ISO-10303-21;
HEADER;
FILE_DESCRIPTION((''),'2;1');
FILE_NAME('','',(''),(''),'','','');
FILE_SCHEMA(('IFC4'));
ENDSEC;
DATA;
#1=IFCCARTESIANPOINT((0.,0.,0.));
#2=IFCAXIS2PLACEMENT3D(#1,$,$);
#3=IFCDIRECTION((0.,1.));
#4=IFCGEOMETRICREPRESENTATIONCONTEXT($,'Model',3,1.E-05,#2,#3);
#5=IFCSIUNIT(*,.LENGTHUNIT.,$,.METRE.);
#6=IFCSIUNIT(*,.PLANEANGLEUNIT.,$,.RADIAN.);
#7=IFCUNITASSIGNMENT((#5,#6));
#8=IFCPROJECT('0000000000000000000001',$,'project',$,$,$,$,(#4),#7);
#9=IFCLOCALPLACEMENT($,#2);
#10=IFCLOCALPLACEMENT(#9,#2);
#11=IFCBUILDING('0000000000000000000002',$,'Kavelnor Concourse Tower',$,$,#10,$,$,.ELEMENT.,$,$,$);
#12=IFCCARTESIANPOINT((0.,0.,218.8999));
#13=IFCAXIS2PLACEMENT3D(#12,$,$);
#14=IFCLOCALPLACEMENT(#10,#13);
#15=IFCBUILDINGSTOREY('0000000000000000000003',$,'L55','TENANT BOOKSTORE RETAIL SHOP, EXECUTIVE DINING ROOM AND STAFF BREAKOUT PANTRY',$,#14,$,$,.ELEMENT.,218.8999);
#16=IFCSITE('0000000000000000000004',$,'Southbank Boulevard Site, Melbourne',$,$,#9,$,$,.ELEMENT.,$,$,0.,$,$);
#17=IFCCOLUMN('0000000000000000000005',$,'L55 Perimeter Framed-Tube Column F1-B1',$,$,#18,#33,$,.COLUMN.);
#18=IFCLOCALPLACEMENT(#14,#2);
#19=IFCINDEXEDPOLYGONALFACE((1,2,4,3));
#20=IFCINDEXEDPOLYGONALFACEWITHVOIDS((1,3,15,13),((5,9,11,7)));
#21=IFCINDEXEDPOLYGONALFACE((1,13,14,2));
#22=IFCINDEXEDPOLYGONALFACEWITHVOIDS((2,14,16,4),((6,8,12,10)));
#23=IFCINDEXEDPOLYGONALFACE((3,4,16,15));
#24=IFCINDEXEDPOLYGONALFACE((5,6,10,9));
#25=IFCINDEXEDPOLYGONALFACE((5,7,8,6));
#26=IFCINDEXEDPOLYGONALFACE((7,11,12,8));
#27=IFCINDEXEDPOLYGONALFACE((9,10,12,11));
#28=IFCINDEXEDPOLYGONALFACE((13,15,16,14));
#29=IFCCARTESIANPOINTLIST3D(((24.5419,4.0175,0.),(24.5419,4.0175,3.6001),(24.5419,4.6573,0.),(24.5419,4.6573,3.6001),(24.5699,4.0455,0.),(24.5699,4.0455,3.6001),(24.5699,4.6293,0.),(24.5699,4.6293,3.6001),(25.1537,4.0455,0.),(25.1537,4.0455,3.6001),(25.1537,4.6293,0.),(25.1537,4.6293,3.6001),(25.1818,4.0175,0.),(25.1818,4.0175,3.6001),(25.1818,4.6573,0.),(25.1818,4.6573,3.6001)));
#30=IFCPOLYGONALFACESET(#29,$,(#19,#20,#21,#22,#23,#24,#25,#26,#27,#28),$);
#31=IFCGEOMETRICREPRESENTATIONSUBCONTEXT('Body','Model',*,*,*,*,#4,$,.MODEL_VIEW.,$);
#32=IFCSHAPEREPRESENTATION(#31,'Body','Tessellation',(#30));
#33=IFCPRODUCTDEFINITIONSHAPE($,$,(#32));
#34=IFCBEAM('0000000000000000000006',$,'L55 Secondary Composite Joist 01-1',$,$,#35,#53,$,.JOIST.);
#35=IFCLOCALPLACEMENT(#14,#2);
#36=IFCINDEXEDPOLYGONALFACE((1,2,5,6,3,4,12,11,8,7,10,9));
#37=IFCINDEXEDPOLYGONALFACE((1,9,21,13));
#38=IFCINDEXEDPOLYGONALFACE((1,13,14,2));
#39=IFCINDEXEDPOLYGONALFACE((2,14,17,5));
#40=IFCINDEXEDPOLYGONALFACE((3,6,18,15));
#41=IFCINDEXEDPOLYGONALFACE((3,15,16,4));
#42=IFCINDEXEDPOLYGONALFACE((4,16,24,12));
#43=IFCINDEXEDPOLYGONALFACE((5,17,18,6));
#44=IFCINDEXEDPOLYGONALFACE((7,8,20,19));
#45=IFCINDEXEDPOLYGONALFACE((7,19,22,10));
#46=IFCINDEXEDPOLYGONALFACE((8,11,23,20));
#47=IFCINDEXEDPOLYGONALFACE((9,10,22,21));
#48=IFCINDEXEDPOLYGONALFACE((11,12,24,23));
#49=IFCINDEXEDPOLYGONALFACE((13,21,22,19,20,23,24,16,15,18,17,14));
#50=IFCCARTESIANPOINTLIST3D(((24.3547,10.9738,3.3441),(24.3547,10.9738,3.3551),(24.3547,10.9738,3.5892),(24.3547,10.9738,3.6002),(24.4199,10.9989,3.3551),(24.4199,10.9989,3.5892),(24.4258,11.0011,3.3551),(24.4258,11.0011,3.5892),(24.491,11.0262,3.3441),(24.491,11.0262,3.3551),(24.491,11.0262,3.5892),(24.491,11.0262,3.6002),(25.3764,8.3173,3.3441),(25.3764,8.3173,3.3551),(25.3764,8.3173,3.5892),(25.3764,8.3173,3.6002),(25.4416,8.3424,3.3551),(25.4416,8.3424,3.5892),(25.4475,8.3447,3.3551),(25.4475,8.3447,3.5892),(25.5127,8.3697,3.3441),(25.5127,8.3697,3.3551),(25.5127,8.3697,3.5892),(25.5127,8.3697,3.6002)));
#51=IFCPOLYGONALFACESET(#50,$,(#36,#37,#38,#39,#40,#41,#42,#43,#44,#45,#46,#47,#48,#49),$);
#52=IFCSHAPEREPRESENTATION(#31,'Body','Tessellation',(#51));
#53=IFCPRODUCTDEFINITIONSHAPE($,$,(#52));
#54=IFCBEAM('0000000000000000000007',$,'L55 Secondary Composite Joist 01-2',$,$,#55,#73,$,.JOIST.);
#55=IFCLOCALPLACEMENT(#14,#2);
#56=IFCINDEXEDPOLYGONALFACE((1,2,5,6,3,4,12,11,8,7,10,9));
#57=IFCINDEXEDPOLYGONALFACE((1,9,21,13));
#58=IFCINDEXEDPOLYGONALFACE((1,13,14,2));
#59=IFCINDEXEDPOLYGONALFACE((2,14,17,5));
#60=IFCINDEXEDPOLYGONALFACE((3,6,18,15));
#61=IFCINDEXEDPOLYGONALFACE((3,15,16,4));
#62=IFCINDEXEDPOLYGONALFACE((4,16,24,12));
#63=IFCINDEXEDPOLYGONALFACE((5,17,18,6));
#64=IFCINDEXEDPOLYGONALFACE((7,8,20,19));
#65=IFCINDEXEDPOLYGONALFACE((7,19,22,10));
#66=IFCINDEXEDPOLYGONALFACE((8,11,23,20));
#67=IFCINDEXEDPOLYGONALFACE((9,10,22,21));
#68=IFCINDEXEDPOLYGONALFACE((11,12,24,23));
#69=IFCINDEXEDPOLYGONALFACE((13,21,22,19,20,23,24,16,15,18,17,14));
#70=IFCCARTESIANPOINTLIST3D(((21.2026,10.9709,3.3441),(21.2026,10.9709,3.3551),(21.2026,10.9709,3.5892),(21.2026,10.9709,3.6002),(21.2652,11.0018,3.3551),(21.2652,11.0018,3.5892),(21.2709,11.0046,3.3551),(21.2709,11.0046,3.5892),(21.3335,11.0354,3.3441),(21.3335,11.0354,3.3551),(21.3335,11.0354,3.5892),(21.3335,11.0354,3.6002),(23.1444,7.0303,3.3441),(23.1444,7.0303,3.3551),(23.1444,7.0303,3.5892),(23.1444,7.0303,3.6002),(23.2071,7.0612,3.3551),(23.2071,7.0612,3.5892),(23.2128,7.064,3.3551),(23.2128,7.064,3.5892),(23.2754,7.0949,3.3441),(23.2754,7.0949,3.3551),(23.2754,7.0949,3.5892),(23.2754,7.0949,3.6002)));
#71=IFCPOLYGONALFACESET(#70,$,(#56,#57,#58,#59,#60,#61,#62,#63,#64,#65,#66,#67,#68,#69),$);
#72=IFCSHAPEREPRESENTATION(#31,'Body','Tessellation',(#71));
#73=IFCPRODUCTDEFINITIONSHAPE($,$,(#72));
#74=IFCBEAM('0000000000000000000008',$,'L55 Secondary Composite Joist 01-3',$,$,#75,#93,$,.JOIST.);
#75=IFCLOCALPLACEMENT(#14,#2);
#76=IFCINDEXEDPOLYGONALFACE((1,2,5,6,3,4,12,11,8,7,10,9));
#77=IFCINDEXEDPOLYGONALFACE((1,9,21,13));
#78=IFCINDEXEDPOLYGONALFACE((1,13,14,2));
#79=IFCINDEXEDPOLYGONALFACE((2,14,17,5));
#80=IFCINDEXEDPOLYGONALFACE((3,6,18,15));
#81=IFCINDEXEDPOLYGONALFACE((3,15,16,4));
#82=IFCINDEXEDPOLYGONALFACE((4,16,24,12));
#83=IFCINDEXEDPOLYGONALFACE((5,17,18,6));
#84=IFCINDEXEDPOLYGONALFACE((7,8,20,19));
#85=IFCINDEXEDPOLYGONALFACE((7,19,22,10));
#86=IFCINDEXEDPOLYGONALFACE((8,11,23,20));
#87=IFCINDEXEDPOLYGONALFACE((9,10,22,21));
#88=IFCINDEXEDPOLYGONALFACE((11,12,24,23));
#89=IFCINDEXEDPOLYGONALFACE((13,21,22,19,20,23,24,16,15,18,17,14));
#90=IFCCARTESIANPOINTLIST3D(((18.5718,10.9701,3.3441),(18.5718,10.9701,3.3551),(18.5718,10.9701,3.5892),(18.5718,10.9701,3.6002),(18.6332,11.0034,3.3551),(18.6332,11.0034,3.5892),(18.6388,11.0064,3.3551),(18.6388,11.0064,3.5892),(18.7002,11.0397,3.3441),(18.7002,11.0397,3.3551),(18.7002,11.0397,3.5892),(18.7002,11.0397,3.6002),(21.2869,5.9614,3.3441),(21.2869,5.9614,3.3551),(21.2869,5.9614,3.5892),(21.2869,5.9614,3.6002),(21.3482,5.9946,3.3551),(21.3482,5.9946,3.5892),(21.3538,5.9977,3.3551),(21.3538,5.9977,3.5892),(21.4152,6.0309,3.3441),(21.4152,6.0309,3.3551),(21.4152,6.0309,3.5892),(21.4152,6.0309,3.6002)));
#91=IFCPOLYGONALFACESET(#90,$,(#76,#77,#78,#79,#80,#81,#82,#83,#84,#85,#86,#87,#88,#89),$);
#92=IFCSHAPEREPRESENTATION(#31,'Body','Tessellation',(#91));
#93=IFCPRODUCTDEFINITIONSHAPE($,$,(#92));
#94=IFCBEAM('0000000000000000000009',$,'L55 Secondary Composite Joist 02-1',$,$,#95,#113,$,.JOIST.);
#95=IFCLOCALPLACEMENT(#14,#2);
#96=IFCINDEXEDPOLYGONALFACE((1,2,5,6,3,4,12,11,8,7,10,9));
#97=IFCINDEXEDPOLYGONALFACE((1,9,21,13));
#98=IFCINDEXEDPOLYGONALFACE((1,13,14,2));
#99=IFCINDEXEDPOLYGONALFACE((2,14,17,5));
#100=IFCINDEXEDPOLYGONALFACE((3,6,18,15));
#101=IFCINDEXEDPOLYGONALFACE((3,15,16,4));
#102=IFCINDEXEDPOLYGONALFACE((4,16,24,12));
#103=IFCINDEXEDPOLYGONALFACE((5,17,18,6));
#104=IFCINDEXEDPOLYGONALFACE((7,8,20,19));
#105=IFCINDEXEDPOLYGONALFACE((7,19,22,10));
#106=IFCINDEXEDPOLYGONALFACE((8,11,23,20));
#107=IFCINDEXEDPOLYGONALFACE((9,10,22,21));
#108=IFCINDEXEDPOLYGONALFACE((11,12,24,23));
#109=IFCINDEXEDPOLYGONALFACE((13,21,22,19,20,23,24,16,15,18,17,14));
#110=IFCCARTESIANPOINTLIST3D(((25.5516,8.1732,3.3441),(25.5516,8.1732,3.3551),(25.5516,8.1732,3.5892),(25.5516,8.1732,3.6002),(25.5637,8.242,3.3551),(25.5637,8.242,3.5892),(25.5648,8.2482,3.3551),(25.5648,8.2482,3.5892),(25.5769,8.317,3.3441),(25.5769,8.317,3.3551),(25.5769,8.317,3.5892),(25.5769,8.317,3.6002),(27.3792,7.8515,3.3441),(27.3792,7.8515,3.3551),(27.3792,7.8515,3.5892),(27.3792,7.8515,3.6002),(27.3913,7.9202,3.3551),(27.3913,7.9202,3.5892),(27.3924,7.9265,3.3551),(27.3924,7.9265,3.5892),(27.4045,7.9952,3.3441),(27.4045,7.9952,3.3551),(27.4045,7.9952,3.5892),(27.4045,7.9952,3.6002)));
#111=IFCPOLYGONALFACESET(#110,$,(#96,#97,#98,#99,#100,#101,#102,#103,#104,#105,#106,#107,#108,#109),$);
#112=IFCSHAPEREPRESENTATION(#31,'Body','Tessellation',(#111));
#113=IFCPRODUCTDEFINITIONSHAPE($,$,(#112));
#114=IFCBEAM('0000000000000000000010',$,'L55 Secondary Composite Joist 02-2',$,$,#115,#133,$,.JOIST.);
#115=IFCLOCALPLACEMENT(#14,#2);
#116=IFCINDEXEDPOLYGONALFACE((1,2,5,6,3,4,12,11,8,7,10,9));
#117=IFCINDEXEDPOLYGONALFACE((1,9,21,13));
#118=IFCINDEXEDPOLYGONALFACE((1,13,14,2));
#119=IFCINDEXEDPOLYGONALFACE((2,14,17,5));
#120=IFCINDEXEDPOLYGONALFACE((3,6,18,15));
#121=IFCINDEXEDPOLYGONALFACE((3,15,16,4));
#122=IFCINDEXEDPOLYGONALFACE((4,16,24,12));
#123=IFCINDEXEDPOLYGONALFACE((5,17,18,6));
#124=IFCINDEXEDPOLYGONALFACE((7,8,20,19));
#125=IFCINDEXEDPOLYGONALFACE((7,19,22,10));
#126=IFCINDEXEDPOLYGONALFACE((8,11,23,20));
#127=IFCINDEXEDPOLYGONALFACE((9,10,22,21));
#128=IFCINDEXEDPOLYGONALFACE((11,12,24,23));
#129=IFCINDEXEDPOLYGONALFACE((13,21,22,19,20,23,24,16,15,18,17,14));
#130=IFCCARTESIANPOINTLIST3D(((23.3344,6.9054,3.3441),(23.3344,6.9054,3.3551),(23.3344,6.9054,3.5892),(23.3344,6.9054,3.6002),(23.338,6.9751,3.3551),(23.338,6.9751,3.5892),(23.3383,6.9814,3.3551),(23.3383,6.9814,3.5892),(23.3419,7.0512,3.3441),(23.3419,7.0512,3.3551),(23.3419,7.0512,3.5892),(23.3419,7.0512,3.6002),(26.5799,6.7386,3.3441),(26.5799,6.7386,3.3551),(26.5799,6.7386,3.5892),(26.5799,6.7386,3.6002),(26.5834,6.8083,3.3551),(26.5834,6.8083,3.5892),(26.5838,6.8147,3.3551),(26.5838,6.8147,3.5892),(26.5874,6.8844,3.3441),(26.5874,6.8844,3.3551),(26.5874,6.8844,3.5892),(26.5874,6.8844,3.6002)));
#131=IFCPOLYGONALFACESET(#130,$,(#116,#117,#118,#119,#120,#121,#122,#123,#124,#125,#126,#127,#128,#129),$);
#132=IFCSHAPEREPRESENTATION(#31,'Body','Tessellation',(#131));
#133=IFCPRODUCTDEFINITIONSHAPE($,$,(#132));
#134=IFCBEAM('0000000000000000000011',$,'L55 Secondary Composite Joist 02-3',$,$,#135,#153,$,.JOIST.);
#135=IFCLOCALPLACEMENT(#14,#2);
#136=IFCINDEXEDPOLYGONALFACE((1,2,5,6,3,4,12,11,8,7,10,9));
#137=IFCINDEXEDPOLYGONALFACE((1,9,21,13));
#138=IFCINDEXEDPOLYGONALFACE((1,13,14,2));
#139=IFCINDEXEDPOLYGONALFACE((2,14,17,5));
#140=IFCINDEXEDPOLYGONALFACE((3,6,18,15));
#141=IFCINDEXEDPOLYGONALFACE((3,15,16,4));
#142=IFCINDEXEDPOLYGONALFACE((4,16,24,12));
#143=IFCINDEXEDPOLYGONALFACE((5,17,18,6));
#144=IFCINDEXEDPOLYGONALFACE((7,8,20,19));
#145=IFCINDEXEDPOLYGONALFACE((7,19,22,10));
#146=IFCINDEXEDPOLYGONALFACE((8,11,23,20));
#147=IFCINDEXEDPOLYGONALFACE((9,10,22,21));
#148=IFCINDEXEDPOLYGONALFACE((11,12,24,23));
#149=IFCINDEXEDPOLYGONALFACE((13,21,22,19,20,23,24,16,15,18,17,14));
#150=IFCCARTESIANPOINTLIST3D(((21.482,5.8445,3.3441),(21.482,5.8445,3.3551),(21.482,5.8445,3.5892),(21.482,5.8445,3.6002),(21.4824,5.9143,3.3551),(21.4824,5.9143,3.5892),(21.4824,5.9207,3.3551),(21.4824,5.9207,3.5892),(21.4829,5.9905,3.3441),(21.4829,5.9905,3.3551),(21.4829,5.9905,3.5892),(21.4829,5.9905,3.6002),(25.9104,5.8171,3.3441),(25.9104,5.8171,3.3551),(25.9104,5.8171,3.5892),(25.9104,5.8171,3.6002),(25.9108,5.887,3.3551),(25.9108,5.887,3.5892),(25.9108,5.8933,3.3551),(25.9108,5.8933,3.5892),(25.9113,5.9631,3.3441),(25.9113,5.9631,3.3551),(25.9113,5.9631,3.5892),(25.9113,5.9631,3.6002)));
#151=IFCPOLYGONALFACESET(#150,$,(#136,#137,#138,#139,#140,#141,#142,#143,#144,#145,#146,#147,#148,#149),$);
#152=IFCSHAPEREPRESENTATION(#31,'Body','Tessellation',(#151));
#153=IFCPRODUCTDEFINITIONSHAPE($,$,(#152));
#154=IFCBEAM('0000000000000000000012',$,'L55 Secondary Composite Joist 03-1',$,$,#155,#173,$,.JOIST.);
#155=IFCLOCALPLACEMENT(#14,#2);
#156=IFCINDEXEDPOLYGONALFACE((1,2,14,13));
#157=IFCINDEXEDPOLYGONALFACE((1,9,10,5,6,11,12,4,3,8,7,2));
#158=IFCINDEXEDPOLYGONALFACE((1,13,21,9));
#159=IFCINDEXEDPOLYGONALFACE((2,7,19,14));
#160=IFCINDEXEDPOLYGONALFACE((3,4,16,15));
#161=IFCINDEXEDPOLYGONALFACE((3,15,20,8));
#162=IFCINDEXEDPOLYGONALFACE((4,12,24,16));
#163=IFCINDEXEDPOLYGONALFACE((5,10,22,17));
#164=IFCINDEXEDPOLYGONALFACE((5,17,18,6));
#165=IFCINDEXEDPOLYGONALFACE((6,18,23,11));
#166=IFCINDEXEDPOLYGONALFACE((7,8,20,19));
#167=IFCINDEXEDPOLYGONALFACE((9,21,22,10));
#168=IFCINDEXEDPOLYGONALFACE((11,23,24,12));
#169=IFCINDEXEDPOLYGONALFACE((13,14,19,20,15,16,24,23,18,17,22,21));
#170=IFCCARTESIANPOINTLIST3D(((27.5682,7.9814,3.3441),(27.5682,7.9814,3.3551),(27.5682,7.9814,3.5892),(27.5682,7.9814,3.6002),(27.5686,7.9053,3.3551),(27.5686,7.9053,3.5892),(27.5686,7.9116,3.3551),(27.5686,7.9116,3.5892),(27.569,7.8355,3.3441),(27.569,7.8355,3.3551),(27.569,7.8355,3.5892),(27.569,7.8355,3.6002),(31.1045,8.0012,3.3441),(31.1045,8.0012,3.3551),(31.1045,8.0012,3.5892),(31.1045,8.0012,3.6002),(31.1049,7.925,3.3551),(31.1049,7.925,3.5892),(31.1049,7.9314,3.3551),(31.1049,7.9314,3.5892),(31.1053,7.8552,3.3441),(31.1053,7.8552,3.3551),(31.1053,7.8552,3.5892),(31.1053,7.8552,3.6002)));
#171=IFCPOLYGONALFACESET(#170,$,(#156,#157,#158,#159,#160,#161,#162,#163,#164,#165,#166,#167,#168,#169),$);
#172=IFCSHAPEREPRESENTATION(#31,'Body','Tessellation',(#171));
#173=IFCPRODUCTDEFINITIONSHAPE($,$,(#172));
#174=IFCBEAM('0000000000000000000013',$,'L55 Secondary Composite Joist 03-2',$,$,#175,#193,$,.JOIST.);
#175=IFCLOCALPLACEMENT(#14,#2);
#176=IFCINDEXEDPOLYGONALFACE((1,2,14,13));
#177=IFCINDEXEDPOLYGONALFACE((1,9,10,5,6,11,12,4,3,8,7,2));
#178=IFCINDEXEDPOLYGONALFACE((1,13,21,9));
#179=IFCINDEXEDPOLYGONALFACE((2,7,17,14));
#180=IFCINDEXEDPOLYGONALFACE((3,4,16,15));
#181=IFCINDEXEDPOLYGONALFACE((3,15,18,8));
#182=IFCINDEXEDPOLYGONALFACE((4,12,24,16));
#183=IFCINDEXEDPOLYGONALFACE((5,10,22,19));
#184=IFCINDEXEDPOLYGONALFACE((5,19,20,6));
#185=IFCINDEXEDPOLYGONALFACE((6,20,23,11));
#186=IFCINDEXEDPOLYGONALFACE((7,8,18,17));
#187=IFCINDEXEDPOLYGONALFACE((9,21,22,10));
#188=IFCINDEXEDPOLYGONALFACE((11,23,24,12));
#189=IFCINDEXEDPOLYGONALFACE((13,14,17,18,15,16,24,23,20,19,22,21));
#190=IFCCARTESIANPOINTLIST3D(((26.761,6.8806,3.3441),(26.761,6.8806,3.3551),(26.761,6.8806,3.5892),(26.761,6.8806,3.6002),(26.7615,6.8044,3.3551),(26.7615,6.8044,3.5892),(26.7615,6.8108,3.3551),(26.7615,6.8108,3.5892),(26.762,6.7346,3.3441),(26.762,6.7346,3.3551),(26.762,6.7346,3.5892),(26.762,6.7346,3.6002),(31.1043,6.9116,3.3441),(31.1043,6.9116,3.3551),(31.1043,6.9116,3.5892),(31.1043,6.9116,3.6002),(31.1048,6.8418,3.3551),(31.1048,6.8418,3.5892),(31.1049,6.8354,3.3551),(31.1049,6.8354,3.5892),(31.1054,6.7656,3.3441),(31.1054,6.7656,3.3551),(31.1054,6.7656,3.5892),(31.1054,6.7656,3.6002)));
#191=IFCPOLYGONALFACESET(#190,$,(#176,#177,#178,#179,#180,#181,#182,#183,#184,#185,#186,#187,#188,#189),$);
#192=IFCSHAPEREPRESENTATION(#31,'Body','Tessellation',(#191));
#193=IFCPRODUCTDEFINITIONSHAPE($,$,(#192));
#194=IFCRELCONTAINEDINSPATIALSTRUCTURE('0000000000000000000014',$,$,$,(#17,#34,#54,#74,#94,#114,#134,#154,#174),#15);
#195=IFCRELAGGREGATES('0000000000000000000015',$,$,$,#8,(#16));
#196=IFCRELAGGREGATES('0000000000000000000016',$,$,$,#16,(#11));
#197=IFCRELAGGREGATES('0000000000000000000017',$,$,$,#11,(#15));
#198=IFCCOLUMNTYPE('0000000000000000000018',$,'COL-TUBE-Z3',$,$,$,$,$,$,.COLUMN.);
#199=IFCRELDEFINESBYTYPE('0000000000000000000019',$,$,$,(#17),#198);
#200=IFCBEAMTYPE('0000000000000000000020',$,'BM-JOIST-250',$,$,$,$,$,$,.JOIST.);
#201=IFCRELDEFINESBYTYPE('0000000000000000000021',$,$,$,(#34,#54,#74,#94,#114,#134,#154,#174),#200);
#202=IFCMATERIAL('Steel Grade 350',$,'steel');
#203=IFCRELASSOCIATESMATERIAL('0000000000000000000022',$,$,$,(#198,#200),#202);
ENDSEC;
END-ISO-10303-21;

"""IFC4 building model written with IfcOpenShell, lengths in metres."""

from ifc_helpers import new_model, si_unit, direction, frame, origin, origin_2d, place, context, subcontext, project, spatial, hollow_rectangle, i_section, extrude, material, material_profile, profile_set, type_object, element, save


model = new_model("IFC4")

# Units and contexts
model_context = context("Model", 3, precision=1e-05, world=origin(), true_north=direction((0.0, 1.0)))
body_context = subcontext(model_context, "Body", "Model", "MODEL_VIEW")
ifc_project = project(units=[si_unit("LENGTHUNIT", "METRE"), si_unit("PLANEANGLEUNIT", "RADIAN")], contexts=[model_context])

# Site, building, storey
site_placement = place(None, origin())
site = spatial("IfcSite", under=ifc_project, at=site_placement, Name="Southbank Boulevard Site, Melbourne", CompositionType="ELEMENT", RefElevation=0.0)
building_placement = place(site_placement, origin())
building = spatial("IfcBuilding", under=site, at=building_placement, Name="Kavelnor Concourse Tower", CompositionType="ELEMENT")
storey_placement = place(building_placement, frame((0.0, 0.0, 218.8999)))
storey = spatial("IfcBuildingStorey", under=building, at=storey_placement, Name="L55", Description="TENANT BOOKSTORE RETAIL SHOP, EXECUTIVE DINING ROOM AND STAFF BREAKOUT PANTRY", CompositionType="ELEMENT", Elevation=218.8999)

# Column
ifc_material_1 = material(Name="Steel Grade 350", Category="steel")
ifc_material_profile_1 = material_profile(ifc_material_1, hollow_rectangle(XDim=0.6399, YDim=0.6399, WallThickness=0.0281, at=origin_2d()), Name="SHS 640x640x28")
ifc_profile_set_1 = profile_set([ifc_material_profile_1], Name="Steel Grade 350")
column_type = type_object("IfcColumnType", Name="COL-TUBE-Z3", PredefinedType="COLUMN", material=ifc_profile_set_1)
column_placement = place(storey_placement, frame((24.8618, 4.3374, 0.0), z_axis=(0.0, 0.0, 1.0), x_axis=(1.0, 0.0, 0.0)))
element("IfcColumn", 1, at=column_placement, inside=storey, type_object=column_type, Name="L55 Perimeter Framed-Tube Column F1-B1", PredefinedType="COLUMN", context=body_context, shape_type="SweptSolid", body=[
    extrude(hollow_rectangle(XDim=0.6399, YDim=0.6399, WallThickness=0.0281, at=origin_2d()), origin(), (0.0, 0.0, 1.0), 3.6001),
])

# Beams
ifc_material_profile_2 = material_profile(ifc_material_1, i_section(OverallWidth=0.146, OverallDepth=0.2561, WebThickness=0.0063, FlangeThickness=0.011, at=origin_2d()), Name="250UB37")
ifc_profile_set_2 = profile_set([ifc_material_profile_2], Name="Steel Grade 350")
beam_type_1 = type_object("IfcBeamType", Name="BM-JOIST-250", PredefinedType="JOIST", material=ifc_profile_set_2)
beam_1_placement = place(storey_placement, frame((24.4229, 11.0, 3.4722), z_axis=(0.358979, -0.933346, 0.0), x_axis=(0.933346, 0.358979, 0.0)))
element("IfcBeam", 2, at=beam_1_placement, inside=storey, type_object=beam_type_1, Name="L55 Secondary Composite Joist 01-1", PredefinedType="JOIST", context=body_context, shape_type="SweptSolid", body=[
    extrude(i_section(OverallWidth=0.146, OverallDepth=0.2561, WebThickness=0.0063, FlangeThickness=0.011, at=origin_2d()), origin(), (0.0, 0.0, 1.0), 2.8462),
])
beam_2_placement = place(storey_placement, frame((21.2681, 11.0032, 3.4722), z_axis=(0.442027, -0.897002, 0.0), x_axis=(0.897002, 0.442027, 0.0)))
element("IfcBeam", 3, at=beam_2_placement, inside=storey, type_object=beam_type_1, Name="L55 Secondary Composite Joist 01-2", PredefinedType="JOIST", context=body_context, shape_type="SweptSolid", body=[
    extrude(i_section(OverallWidth=0.146, OverallDepth=0.2561, WebThickness=0.0063, FlangeThickness=0.011, at=origin_2d()), origin(), (0.0, 0.0, 1.0), 4.3931),
])
beam_3_placement = place(storey_placement, frame((18.636, 11.0049, 3.4722), z_axis=(0.476554, -0.879145, 0.0), x_axis=(0.879145, 0.476554, 0.0)))
element("IfcBeam", 4, at=beam_3_placement, inside=storey, type_object=beam_type_1, Name="L55 Secondary Composite Joist 01-3", PredefinedType="JOIST", context=body_context, shape_type="SweptSolid", body=[
    extrude(i_section(OverallWidth=0.146, OverallDepth=0.2561, WebThickness=0.0063, FlangeThickness=0.011, at=origin_2d()), origin(), (0.0, 0.0, 1.0), 5.6973),
])
beam_4_placement = place(storey_placement, frame((25.5642, 8.2451, 3.4722), z_axis=(0.984852, -0.173395, 0.0), x_axis=(0.173395, 0.984852, 0.0)))
element("IfcBeam", 5, at=beam_4_placement, inside=storey, type_object=beam_type_1, Name="L55 Secondary Composite Joist 02-1", PredefinedType="JOIST", context=body_context, shape_type="SweptSolid", body=[
    extrude(i_section(OverallWidth=0.146, OverallDepth=0.2561, WebThickness=0.0063, FlangeThickness=0.011, at=origin_2d()), origin(), (0.0, 0.0, 1.0), 1.8557),
])
beam_5_placement = place(storey_placement, frame((23.3381, 6.9783, 3.4722), z_axis=(0.998683, -0.051313, 0.0), x_axis=(0.051313, 0.998683, 0.0)))
element("IfcBeam", 6, at=beam_5_placement, inside=storey, type_object=beam_type_1, Name="L55 Secondary Composite Joist 02-2", PredefinedType="JOIST", context=body_context, shape_type="SweptSolid", body=[
    extrude(i_section(OverallWidth=0.146, OverallDepth=0.2561, WebThickness=0.0063, FlangeThickness=0.011, at=origin_2d()), origin(), (0.0, 0.0, 1.0), 3.2498),
])
beam_6_placement = place(storey_placement, frame((21.4824, 5.9175, 3.4722), z_axis=(0.999981, -0.006174, 0.0), x_axis=(0.006174, 0.999981, 0.0)))
element("IfcBeam", 7, at=beam_6_placement, inside=storey, type_object=beam_type_1, Name="L55 Secondary Composite Joist 02-3", PredefinedType="JOIST", context=body_context, shape_type="SweptSolid", body=[
    extrude(i_section(OverallWidth=0.146, OverallDepth=0.2561, WebThickness=0.0063, FlangeThickness=0.011, at=origin_2d()), origin(), (0.0, 0.0, 1.0), 4.4285),
])
beam_7_placement = place(storey_placement, frame((27.5686, 7.9084, 3.4722), z_axis=(0.999984, 0.005592, 0.0), x_axis=(-0.005592, 0.999984, 0.0)))
element("IfcBeam", 8, at=beam_7_placement, inside=storey, type_object=beam_type_1, Name="L55 Secondary Composite Joist 03-1", PredefinedType="JOIST", context=body_context, shape_type="SweptSolid", body=[
    extrude(i_section(OverallWidth=0.146, OverallDepth=0.2561, WebThickness=0.0063, FlangeThickness=0.011, at=origin_2d()), origin(), (0.0, 0.0, 1.0), 3.5364),
])
beam_8_placement = place(storey_placement, frame((26.7615, 6.8076, 3.4722), z_axis=(0.999975, 0.007138, 0.0), x_axis=(-0.007138, 0.999975, 0.0)))
element("IfcBeam", 9, at=beam_8_placement, inside=storey, type_object=beam_type_1, Name="L55 Secondary Composite Joist 03-2", PredefinedType="JOIST", context=body_context, shape_type="SweptSolid", body=[
    extrude(i_section(OverallWidth=0.146, OverallDepth=0.2561, WebThickness=0.0063, FlangeThickness=0.011, at=origin_2d()), origin(), (0.0, 0.0, 1.0), 4.3435),
])

save(model, "model.ifc")
